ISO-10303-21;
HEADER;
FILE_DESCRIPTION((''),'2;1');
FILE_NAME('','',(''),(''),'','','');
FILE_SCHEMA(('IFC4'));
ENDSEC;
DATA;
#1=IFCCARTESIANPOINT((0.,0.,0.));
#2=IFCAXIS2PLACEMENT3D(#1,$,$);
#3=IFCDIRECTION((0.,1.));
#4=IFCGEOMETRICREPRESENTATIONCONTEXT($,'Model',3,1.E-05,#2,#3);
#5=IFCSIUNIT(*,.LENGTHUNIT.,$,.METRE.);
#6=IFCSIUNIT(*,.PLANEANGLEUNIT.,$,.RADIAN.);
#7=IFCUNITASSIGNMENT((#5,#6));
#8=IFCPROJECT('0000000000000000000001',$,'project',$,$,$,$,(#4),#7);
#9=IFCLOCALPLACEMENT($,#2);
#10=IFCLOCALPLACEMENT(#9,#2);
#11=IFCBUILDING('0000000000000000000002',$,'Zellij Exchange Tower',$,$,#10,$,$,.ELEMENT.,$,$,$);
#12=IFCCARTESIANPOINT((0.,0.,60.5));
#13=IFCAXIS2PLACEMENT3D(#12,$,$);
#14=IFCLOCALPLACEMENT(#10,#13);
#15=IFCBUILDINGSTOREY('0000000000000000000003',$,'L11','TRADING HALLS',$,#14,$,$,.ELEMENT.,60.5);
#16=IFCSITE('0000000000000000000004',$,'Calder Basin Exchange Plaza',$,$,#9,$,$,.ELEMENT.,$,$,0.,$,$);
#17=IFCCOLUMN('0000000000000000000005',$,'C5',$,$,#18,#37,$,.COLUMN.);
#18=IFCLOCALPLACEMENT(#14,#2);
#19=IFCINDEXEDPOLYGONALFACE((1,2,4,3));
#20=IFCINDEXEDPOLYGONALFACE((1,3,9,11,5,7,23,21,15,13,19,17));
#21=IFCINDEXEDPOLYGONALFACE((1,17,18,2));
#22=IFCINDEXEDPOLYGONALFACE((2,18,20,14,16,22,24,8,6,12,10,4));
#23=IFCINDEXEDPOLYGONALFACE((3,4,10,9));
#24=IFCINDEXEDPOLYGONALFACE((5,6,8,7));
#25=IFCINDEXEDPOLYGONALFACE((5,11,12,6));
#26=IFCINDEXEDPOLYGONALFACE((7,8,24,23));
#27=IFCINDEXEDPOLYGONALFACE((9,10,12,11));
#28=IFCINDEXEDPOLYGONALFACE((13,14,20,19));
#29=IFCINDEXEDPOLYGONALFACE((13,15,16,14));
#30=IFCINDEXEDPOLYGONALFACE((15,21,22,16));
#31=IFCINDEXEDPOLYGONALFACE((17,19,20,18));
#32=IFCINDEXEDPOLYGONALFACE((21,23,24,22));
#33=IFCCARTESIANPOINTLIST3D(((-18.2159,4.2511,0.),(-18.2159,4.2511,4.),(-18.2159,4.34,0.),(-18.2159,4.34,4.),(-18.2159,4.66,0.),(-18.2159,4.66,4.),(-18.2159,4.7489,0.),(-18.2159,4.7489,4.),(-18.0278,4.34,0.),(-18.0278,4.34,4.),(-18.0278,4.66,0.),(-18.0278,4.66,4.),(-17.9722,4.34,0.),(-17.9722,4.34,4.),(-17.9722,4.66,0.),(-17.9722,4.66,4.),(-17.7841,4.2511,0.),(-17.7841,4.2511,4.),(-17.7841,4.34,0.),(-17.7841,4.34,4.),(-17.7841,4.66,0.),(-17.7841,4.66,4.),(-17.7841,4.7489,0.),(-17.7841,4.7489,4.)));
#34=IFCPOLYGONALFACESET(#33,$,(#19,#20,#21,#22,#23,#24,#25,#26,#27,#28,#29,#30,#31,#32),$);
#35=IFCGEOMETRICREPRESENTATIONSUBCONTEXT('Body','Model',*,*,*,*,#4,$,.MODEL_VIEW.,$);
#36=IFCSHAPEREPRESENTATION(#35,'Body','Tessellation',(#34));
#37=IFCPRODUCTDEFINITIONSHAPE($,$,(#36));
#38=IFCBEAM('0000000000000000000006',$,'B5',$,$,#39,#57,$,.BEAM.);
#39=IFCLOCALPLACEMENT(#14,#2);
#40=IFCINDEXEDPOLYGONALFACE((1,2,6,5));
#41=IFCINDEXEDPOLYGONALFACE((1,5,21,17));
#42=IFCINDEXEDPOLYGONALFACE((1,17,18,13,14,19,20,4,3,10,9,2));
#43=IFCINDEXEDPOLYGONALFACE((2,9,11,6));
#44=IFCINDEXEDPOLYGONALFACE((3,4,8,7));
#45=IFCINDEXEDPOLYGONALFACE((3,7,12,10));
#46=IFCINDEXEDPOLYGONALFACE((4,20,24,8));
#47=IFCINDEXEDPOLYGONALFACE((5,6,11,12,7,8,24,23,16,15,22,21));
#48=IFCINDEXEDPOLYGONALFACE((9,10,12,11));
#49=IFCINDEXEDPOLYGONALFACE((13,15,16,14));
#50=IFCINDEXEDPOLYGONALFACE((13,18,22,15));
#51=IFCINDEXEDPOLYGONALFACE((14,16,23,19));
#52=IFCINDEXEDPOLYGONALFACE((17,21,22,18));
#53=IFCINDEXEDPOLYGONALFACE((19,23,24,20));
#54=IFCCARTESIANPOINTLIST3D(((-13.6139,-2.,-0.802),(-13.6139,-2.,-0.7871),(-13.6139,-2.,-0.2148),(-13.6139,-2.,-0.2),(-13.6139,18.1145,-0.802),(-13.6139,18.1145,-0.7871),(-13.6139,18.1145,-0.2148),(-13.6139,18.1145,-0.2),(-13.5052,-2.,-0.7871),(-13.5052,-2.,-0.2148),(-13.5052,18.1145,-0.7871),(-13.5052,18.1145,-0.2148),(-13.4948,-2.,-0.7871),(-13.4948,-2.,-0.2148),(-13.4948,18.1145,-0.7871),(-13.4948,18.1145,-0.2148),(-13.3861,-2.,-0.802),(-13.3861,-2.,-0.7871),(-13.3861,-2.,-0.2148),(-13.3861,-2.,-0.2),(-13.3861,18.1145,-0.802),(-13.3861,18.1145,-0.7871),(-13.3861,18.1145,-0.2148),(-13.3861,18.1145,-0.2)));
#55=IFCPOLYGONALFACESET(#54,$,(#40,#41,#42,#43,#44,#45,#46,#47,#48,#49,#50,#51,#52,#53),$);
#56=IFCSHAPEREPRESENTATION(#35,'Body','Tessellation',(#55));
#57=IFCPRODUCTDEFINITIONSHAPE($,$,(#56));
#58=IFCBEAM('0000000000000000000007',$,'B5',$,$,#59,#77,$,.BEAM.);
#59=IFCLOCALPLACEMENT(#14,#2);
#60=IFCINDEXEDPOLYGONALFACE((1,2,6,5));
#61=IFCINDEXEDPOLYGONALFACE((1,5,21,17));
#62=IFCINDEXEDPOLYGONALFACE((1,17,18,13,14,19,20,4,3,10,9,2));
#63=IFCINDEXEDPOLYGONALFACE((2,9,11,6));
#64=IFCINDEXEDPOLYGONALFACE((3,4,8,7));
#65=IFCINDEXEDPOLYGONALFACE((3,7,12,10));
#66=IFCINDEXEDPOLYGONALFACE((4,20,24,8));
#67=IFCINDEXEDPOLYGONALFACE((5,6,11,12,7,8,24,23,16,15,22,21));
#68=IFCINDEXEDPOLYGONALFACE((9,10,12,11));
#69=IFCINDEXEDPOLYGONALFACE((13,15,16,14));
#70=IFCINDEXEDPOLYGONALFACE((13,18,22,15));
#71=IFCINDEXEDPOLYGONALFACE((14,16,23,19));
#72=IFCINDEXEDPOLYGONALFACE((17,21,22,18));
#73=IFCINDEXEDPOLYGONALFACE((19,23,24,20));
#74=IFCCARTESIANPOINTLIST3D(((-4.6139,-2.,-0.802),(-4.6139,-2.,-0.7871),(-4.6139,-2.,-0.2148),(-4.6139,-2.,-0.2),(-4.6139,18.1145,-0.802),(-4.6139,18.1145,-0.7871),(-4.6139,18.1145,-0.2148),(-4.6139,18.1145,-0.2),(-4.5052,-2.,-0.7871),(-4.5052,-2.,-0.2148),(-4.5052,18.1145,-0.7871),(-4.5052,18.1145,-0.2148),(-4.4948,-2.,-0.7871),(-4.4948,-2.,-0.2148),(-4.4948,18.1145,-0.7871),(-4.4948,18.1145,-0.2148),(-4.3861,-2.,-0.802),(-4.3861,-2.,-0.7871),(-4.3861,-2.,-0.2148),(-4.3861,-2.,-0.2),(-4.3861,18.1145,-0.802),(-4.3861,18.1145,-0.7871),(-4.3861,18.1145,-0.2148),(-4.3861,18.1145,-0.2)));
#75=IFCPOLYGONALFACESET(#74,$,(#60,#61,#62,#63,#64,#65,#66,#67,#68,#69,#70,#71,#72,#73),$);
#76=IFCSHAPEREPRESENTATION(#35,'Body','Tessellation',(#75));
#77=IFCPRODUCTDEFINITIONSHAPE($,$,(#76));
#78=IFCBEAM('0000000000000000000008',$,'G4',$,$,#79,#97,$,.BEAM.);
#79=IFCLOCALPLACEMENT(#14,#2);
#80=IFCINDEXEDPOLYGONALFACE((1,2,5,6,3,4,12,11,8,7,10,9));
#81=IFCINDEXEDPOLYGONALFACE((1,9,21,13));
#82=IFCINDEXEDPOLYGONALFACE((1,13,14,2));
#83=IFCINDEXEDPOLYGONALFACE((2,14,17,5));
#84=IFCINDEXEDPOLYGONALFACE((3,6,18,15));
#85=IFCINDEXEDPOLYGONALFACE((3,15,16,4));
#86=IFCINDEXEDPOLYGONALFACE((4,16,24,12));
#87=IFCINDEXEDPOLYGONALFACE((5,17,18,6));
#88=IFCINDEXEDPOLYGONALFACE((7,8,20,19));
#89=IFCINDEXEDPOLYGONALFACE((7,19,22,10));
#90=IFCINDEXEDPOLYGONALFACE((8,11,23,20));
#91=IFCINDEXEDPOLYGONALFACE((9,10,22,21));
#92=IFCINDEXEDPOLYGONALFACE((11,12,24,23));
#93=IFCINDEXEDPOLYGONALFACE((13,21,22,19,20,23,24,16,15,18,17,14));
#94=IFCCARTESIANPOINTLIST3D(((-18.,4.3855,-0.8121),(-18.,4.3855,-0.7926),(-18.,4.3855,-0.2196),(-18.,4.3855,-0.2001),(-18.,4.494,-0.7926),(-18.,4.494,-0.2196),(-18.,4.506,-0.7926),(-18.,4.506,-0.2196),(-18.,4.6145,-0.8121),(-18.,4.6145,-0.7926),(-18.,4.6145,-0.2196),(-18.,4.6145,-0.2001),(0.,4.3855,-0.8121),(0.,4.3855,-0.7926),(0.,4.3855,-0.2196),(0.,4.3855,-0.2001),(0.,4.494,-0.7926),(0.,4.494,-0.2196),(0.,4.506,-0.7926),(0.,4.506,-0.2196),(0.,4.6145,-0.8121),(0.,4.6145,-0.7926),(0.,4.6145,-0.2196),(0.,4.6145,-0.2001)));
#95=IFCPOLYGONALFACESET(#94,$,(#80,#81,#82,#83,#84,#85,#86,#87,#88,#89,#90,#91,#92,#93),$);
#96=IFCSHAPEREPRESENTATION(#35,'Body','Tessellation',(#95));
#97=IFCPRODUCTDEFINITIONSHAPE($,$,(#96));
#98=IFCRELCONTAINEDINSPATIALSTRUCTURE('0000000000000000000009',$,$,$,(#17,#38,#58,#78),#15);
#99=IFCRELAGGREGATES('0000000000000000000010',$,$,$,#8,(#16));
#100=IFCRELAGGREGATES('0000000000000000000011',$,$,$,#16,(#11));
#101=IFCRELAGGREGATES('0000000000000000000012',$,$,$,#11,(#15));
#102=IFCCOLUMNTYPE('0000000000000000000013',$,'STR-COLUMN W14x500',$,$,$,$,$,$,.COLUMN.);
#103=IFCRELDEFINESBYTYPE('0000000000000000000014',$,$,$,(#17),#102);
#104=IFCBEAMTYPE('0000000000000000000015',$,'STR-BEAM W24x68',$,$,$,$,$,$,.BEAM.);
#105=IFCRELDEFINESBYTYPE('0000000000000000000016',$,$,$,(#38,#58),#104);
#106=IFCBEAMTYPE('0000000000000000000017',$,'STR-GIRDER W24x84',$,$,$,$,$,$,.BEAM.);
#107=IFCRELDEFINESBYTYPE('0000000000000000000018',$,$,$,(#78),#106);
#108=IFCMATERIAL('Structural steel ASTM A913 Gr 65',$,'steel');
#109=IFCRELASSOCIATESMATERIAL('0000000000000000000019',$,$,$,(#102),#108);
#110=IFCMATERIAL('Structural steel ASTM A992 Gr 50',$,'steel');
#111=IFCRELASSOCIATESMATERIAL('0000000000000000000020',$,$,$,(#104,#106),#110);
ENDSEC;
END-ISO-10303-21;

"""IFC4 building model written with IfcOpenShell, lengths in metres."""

from ifc_helpers import new_model, si_unit, direction, frame, origin, origin_2d, place, context, subcontext, project, spatial, i_section, extrude, material, material_profile, profile_set, type_object, element, save


model = new_model("IFC4")

# Units and contexts
model_context = context("Model", 3, precision=1e-05, world=origin(), true_north=direction((0.0, 1.0)))
body_context = subcontext(model_context, "Body", "Model", "MODEL_VIEW")
ifc_project = project(units=[si_unit("LENGTHUNIT", "METRE"), si_unit("PLANEANGLEUNIT", "RADIAN")], contexts=[model_context])

# Site, building, storey
site_placement = place(None, origin())
site = spatial("IfcSite", under=ifc_project, at=site_placement, Name="Calder Basin Exchange Plaza", CompositionType="ELEMENT", RefElevation=0.0)
building_placement = place(site_placement, origin())
building = spatial("IfcBuilding", under=site, at=building_placement, Name="Zellij Exchange Tower", CompositionType="ELEMENT")
storey_placement = place(building_placement, frame((0.0, 0.0, 60.5)))
storey = spatial("IfcBuildingStorey", under=building, at=storey_placement, Name="L11", Description="TRADING HALLS", CompositionType="ELEMENT", Elevation=60.5)

# Column
ifc_material_1 = material(Name="Structural steel ASTM A913 Gr 65", Category="steel")
ifc_material_profile_1 = material_profile(ifc_material_1, i_section(OverallWidth=0.4319, OverallDepth=0.4978, WebThickness=0.0557, FlangeThickness=0.0889, at=origin_2d()), Name="W14x500")
ifc_profile_set_1 = profile_set([ifc_material_profile_1], Name="Structural steel ASTM A913 Gr 65")
column_type = type_object("IfcColumnType", Name="STR-COLUMN W14x500", PredefinedType="COLUMN", material=ifc_profile_set_1)
column_placement = place(storey_placement, frame((-18.0, 4.5, 0.0), z_axis=(0.0, 0.0, 1.0), x_axis=(1.0, 0.0, 0.0)))
element("IfcColumn", 1, at=column_placement, inside=storey, type_object=column_type, Name="C5", PredefinedType="COLUMN", context=body_context, shape_type="SweptSolid", body=[
    extrude(i_section(OverallWidth=0.4319, OverallDepth=0.4978, WebThickness=0.0557, FlangeThickness=0.0889, at=origin_2d()), origin(), (0.0, 0.0, 1.0), 4.0),
])

# Beams
ifc_material_2 = material(Name="Structural steel ASTM A992 Gr 50", Category="steel")
ifc_material_profile_2 = material_profile(ifc_material_2, i_section(OverallWidth=0.2278, OverallDepth=0.6021, WebThickness=0.0105, FlangeThickness=0.0149, at=origin_2d()), Name="W24x68")
ifc_profile_set_2 = profile_set([ifc_material_profile_2], Name="Structural steel ASTM A992 Gr 50")
beam_type_1 = type_object("IfcBeamType", Name="STR-BEAM W24x68", PredefinedType="BEAM", material=ifc_profile_set_2)
for number, where, z_axis, x_axis, name in (
    (2, (-13.5, -2.0, -0.501), (0.0, 1.0, 0.0), (-1.0, 0.0, 0.0), "B5"),
    (3, (-4.5, -2.0, -0.501), (0.0, 1.0, 0.0), (-1.0, 0.0, 0.0), "B5"),
):
    element("IfcBeam", number, at=place(storey_placement, frame(where, z_axis=z_axis, x_axis=x_axis)), inside=storey, type_object=beam_type_1, Name=name, PredefinedType="BEAM", context=body_context, shape_type="SweptSolid", body=[
        extrude(i_section(OverallWidth=0.2278, OverallDepth=0.6021, WebThickness=0.0105, FlangeThickness=0.0149, at=origin_2d()), origin(), (0.0, 0.0, 1.0), 20.1145),
    ])
ifc_material_profile_3 = material_profile(ifc_material_2, i_section(OverallWidth=0.229, OverallDepth=0.6121, WebThickness=0.012, FlangeThickness=0.0195, at=origin_2d()), Name="W24x84")
ifc_profile_set_3 = profile_set([ifc_material_profile_3], Name="Structural steel ASTM A992 Gr 50")
beam_type_2 = type_object("IfcBeamType", Name="STR-GIRDER W24x84", PredefinedType="BEAM", material=ifc_profile_set_3)
beam_placement = place(storey_placement, frame((-18.0, 4.5, -0.5061), z_axis=(1.0, 0.0, 0.0), x_axis=(0.0, 1.0, 0.0)))
element("IfcBeam", 4, at=beam_placement, inside=storey, type_object=beam_type_2, Name="G4", PredefinedType="BEAM", context=body_context, shape_type="SweptSolid", body=[
    extrude(i_section(OverallWidth=0.229, OverallDepth=0.6121, WebThickness=0.012, FlangeThickness=0.0195, at=origin_2d()), origin(), (0.0, 0.0, 1.0), 18.0),
])

save(model, "model.ifc")
